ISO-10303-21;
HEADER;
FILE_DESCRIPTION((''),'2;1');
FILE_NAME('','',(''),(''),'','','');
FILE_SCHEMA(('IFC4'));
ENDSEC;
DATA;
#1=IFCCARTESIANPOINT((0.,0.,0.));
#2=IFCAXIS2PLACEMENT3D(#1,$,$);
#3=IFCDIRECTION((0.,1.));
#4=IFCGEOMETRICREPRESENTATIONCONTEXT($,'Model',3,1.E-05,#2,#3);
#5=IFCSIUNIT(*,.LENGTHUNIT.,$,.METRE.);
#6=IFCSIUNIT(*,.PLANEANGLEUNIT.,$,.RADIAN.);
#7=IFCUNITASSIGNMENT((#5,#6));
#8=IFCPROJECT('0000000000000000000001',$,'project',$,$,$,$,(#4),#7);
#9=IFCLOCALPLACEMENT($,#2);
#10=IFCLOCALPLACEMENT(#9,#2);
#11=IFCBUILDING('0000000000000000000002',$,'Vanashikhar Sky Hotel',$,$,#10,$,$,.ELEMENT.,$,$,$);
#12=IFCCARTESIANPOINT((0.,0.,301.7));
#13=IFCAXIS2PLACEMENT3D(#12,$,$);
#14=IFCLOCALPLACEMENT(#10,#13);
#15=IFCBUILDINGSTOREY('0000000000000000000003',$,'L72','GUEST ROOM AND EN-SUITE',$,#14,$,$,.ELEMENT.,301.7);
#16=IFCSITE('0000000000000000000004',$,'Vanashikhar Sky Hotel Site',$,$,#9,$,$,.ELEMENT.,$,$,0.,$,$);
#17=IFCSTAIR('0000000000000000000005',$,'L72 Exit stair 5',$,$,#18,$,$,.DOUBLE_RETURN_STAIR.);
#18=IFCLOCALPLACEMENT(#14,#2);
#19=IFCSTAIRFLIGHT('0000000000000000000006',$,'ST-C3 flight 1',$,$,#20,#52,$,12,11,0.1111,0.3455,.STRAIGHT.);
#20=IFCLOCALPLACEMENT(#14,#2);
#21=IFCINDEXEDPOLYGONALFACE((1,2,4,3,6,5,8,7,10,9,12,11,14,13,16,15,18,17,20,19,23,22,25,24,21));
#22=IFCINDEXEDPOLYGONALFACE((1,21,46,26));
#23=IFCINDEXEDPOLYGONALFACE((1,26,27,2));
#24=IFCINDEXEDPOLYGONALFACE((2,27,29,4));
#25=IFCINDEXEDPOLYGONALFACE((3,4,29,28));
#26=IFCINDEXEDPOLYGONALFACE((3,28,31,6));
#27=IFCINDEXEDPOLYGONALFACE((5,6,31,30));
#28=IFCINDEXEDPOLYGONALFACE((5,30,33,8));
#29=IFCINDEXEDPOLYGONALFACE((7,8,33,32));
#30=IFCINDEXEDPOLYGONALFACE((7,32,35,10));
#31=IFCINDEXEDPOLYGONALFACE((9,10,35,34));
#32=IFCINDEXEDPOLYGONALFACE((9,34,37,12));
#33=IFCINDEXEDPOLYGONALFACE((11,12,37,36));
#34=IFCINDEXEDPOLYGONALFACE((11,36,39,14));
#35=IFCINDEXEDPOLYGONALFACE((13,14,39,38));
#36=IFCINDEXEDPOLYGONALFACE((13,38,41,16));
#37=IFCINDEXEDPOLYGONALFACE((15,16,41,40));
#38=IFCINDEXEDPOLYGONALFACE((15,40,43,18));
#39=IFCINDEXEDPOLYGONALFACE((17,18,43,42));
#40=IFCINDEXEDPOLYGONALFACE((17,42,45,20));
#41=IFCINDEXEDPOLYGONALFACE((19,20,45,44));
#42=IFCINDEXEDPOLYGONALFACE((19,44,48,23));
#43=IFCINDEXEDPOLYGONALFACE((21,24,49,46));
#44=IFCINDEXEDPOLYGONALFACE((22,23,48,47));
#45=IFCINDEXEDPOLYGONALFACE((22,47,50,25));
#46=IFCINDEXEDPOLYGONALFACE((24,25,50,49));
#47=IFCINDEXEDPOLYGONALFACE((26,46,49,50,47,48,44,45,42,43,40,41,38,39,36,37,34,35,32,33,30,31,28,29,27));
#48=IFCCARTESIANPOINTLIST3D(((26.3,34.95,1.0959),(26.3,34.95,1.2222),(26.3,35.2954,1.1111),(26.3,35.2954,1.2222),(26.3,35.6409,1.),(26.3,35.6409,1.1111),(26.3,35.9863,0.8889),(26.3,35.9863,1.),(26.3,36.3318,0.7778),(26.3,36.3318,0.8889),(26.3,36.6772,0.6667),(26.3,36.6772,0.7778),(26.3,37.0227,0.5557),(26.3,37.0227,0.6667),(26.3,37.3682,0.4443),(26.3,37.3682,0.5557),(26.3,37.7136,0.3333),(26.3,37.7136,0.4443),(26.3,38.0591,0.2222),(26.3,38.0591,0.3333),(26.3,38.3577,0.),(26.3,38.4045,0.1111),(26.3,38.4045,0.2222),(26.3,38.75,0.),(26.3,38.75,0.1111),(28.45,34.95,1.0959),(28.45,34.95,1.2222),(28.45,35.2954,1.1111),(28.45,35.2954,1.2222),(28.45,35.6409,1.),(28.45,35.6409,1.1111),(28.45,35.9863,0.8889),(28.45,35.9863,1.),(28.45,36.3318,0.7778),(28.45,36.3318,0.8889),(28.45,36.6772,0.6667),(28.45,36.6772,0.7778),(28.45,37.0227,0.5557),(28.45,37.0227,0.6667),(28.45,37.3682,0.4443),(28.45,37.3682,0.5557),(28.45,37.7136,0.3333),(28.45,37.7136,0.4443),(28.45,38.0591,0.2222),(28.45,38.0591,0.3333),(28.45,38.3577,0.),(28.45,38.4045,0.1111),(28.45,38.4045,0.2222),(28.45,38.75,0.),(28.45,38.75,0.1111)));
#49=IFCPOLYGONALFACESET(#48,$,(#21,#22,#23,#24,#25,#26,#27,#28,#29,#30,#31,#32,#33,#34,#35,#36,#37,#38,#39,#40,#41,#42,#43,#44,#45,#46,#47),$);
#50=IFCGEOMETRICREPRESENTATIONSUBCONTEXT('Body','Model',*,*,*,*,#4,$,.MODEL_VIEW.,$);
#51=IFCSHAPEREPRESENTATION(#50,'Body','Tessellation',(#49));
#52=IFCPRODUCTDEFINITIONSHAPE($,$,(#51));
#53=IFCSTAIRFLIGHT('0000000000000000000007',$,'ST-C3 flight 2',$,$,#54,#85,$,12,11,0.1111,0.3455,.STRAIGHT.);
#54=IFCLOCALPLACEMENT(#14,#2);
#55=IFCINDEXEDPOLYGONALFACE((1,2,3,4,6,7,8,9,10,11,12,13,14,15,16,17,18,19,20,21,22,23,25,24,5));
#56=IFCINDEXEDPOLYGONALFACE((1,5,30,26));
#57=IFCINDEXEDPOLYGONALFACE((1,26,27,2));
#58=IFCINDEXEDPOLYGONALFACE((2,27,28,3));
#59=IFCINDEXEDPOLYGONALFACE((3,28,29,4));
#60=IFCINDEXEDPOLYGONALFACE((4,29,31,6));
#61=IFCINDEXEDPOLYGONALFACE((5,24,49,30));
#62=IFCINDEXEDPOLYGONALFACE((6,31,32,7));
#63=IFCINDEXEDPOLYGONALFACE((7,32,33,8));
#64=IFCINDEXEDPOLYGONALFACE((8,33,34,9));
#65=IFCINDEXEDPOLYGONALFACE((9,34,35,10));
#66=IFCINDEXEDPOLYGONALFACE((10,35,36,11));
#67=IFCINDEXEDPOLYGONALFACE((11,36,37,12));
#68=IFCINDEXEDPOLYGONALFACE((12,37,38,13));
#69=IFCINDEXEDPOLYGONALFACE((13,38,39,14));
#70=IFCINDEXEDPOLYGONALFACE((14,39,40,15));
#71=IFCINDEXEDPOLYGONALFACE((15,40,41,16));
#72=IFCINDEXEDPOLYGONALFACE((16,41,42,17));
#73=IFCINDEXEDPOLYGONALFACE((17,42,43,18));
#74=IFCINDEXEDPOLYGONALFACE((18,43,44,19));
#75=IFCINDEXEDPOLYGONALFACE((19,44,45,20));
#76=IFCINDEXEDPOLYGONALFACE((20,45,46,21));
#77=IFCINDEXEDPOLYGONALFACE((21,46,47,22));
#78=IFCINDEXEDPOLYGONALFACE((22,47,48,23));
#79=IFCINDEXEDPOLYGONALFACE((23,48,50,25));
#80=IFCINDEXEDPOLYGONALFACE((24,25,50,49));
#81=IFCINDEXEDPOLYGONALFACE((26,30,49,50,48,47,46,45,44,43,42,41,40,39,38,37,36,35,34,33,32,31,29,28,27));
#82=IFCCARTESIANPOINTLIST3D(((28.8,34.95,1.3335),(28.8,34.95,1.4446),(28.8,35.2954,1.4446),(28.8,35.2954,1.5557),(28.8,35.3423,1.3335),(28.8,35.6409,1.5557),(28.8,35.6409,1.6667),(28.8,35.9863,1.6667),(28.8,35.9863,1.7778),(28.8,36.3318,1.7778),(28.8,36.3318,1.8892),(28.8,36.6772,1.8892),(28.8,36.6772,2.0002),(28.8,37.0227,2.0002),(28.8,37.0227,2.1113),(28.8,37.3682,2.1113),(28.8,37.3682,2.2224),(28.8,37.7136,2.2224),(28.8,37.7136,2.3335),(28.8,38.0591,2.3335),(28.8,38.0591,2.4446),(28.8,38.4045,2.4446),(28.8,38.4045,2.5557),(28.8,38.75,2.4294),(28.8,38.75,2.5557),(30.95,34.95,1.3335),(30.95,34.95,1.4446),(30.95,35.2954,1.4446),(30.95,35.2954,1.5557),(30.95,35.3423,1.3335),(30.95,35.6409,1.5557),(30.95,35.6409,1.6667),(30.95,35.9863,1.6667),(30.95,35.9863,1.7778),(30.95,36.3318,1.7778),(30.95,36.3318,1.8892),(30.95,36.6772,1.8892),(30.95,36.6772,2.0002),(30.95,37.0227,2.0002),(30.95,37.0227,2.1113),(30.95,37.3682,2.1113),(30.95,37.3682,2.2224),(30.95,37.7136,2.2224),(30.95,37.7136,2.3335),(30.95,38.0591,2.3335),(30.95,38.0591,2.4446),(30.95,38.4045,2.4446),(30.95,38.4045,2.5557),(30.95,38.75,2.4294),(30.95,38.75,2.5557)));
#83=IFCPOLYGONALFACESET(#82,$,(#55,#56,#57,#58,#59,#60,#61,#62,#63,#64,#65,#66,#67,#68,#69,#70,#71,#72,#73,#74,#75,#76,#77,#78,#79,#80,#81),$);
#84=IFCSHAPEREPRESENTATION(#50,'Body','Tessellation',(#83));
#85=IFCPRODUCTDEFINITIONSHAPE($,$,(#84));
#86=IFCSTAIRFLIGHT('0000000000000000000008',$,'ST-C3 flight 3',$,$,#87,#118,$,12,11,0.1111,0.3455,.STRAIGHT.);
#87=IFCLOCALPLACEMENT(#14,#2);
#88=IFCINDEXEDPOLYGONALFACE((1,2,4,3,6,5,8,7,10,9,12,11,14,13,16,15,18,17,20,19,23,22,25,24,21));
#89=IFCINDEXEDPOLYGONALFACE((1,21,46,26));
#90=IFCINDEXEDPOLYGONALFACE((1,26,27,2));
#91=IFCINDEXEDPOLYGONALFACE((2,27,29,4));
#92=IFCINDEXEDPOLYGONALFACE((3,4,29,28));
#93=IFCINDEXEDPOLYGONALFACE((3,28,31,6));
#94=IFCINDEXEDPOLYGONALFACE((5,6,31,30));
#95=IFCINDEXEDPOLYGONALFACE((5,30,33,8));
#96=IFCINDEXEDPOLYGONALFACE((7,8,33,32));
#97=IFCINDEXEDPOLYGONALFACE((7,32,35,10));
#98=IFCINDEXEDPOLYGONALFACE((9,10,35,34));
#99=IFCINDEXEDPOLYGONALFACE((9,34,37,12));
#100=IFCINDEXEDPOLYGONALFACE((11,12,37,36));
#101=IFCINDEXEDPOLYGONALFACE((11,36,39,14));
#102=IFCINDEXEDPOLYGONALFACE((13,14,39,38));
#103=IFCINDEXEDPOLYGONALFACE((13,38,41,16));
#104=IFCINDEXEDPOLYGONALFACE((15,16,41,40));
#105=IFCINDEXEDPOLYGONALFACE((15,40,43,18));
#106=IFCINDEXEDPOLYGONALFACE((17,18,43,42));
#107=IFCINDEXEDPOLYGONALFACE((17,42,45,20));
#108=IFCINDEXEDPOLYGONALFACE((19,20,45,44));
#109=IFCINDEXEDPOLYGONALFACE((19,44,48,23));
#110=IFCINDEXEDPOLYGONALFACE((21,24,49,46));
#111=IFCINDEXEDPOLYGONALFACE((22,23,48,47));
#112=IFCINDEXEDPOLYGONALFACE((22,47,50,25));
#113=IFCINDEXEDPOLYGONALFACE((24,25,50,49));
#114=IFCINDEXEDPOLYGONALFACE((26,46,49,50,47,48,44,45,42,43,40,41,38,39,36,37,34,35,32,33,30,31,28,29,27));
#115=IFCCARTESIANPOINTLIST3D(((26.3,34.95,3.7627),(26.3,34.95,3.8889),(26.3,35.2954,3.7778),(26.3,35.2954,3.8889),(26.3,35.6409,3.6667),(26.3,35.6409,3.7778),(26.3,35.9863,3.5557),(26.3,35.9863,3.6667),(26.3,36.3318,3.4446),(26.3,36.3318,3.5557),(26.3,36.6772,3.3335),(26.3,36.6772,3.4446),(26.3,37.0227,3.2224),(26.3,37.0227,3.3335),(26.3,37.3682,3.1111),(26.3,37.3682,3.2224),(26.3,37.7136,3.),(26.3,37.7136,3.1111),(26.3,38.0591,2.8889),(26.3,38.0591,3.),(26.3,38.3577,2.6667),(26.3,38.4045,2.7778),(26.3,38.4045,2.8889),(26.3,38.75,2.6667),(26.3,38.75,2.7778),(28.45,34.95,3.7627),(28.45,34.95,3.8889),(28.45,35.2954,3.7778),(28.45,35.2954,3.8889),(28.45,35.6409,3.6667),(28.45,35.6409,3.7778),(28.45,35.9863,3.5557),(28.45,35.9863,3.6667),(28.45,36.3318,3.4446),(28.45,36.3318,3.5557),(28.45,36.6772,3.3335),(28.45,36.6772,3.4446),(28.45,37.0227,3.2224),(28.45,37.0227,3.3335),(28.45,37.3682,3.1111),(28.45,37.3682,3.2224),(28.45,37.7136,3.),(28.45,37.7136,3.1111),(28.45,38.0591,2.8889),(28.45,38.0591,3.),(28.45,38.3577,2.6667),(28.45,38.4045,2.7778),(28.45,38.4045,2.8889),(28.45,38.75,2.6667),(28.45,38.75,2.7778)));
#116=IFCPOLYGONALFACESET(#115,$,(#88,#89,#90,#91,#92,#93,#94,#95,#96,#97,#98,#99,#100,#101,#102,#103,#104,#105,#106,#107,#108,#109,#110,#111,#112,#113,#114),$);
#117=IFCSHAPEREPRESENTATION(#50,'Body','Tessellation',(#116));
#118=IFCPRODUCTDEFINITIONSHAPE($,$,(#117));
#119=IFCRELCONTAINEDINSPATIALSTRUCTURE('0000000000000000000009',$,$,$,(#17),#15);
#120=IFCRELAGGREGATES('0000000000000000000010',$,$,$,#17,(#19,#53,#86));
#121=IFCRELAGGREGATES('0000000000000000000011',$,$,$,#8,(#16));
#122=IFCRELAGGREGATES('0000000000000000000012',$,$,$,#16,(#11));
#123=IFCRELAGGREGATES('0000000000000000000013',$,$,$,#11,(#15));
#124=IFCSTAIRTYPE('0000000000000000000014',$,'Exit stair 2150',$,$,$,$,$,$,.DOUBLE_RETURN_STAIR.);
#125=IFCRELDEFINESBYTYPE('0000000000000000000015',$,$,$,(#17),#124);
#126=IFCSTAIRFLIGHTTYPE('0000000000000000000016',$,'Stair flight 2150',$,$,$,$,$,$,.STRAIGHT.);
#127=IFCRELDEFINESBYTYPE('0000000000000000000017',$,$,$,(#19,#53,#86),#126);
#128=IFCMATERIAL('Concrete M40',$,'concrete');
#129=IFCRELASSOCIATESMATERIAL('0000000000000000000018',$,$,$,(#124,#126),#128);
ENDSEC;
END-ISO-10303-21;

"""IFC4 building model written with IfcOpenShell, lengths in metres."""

from ifc_helpers import new_model, si_unit, direction, frame, origin, place, context, subcontext, project, spatial, polyline, outline, extrude, source, transform, mapped, material, type_object, element, aggregate, save


model = new_model("IFC4")

# Units and contexts
model_context = context("Model", 3, precision=1e-05, world=origin(), true_north=direction((0.0, 1.0)))
body_context = subcontext(model_context, "Body", "Model", "MODEL_VIEW")
ifc_project = project(units=[si_unit("LENGTHUNIT", "METRE"), si_unit("PLANEANGLEUNIT", "RADIAN")], contexts=[model_context])

# Site, building, storey
site_placement = place(None, origin())
site = spatial("IfcSite", under=ifc_project, at=site_placement, Name="Vanashikhar Sky Hotel Site", CompositionType="ELEMENT", RefElevation=0.0)
building_placement = place(site_placement, origin())
building = spatial("IfcBuilding", under=site, at=building_placement, Name="Vanashikhar Sky Hotel", CompositionType="ELEMENT")
storey_placement = place(building_placement, frame((0.0, 0.0, 301.7)))
storey = spatial("IfcBuildingStorey", under=building, at=storey_placement, Name="L72", Description="GUEST ROOM AND EN-SUITE", CompositionType="ELEMENT", Elevation=301.7)

# Stair, stair flights
ifc_material_1 = material(Name="Concrete M40", Category="concrete")
stair_type = type_object("IfcStairType", Name="Exit stair 2150", PredefinedType="DOUBLE_RETURN_STAIR", material=ifc_material_1)
stair_flight_type = type_object("IfcStairFlightType", Name="Stair flight 2150", PredefinedType="STRAIGHT", material=ifc_material_1)
shared_shape_1 = source(origin(), body_context, "Body", "SweptSolid", [
    extrude(outline(polyline([(0.0, 0.0), (0.0, 0.1111), (0.3455, 0.1111), (0.3455, 0.2222), (0.6909, 0.2222), (0.6909, 0.3333), (1.0364, 0.3333), (1.0364, 0.4443), (1.3818, 0.4443), (1.3818, 0.5557), (1.7273, 0.5557), (1.7273, 0.6667), (2.0728, 0.6667), (2.0728, 0.7778), (2.4182, 0.7778), (2.4182, 0.8889), (2.7637, 0.8889), (2.7637, 1.0), (3.1091, 1.0), (3.1091, 1.1111), (3.4546, 1.1111), (3.4546, 1.2222), (3.8, 1.2222), (3.8, 1.3333), (3.8, 1.0959), (0.3923, 0.0), (0.0, 0.0)])), frame((0.0, 1.075, 0.0), z_axis=(0.0, -1.0, 0.0), x_axis=(1.0, 0.0, 0.0)), (0.0, 0.0, 1.0), 2.1499),
])
stair_1_placement = place(storey_placement, origin())
stair_1 = element("IfcStair", 1, at=stair_1_placement, inside=storey, type_object=stair_type, Name="L72 Exit stair 5", PredefinedType="DOUBLE_RETURN_STAIR")
stair_flight_1_placement = place(storey_placement, frame((27.375, 38.75, 0.0), z_axis=(0.0, 0.0, 1.0), x_axis=(0.0, -1.0, 0.0)))
stair_flight_1 = element("IfcStairFlight", 2, at=stair_flight_1_placement, type_object=stair_flight_type, Name="ST-C3 flight 1", NumberOfRisers=12, NumberOfTreads=11, PredefinedType="STRAIGHT", RiserHeight=0.1111, TreadLength=0.3455, context=body_context, shape_type="MappedRepresentation", body=[
    mapped(shared_shape_1, transform((0.0, 0.0, 0.0), scale=1.0)),
])
stair_flight_2_placement = place(storey_placement, frame((29.875, 34.95, 1.3335), z_axis=(0.0, 0.0, 1.0), x_axis=(0.0, 1.0, 0.0)))
stair_flight_2 = element("IfcStairFlight", 3, at=stair_flight_2_placement, type_object=stair_flight_type, Name="ST-C3 flight 2", NumberOfRisers=12, NumberOfTreads=11, PredefinedType="STRAIGHT", RiserHeight=0.1111, TreadLength=0.3455, context=body_context, shape_type="MappedRepresentation", body=[
    mapped(shared_shape_1, transform((0.0, 0.0, 0.0), scale=1.0)),
])
stair_flight_3_placement = place(storey_placement, frame((27.375, 38.75, 2.6667), z_axis=(0.0, 0.0, 1.0), x_axis=(0.0, -1.0, 0.0)))
stair_flight_3 = element("IfcStairFlight", 4, at=stair_flight_3_placement, type_object=stair_flight_type, Name="ST-C3 flight 3", NumberOfRisers=12, NumberOfTreads=11, PredefinedType="STRAIGHT", RiserHeight=0.1111, TreadLength=0.3455, context=body_context, shape_type="MappedRepresentation", body=[
    mapped(shared_shape_1, transform((0.0, 0.0, 0.0), scale=1.0)),
])
aggregate(stair_1, [stair_flight_1, stair_flight_2, stair_flight_3])

save(model, "model.ifc")
